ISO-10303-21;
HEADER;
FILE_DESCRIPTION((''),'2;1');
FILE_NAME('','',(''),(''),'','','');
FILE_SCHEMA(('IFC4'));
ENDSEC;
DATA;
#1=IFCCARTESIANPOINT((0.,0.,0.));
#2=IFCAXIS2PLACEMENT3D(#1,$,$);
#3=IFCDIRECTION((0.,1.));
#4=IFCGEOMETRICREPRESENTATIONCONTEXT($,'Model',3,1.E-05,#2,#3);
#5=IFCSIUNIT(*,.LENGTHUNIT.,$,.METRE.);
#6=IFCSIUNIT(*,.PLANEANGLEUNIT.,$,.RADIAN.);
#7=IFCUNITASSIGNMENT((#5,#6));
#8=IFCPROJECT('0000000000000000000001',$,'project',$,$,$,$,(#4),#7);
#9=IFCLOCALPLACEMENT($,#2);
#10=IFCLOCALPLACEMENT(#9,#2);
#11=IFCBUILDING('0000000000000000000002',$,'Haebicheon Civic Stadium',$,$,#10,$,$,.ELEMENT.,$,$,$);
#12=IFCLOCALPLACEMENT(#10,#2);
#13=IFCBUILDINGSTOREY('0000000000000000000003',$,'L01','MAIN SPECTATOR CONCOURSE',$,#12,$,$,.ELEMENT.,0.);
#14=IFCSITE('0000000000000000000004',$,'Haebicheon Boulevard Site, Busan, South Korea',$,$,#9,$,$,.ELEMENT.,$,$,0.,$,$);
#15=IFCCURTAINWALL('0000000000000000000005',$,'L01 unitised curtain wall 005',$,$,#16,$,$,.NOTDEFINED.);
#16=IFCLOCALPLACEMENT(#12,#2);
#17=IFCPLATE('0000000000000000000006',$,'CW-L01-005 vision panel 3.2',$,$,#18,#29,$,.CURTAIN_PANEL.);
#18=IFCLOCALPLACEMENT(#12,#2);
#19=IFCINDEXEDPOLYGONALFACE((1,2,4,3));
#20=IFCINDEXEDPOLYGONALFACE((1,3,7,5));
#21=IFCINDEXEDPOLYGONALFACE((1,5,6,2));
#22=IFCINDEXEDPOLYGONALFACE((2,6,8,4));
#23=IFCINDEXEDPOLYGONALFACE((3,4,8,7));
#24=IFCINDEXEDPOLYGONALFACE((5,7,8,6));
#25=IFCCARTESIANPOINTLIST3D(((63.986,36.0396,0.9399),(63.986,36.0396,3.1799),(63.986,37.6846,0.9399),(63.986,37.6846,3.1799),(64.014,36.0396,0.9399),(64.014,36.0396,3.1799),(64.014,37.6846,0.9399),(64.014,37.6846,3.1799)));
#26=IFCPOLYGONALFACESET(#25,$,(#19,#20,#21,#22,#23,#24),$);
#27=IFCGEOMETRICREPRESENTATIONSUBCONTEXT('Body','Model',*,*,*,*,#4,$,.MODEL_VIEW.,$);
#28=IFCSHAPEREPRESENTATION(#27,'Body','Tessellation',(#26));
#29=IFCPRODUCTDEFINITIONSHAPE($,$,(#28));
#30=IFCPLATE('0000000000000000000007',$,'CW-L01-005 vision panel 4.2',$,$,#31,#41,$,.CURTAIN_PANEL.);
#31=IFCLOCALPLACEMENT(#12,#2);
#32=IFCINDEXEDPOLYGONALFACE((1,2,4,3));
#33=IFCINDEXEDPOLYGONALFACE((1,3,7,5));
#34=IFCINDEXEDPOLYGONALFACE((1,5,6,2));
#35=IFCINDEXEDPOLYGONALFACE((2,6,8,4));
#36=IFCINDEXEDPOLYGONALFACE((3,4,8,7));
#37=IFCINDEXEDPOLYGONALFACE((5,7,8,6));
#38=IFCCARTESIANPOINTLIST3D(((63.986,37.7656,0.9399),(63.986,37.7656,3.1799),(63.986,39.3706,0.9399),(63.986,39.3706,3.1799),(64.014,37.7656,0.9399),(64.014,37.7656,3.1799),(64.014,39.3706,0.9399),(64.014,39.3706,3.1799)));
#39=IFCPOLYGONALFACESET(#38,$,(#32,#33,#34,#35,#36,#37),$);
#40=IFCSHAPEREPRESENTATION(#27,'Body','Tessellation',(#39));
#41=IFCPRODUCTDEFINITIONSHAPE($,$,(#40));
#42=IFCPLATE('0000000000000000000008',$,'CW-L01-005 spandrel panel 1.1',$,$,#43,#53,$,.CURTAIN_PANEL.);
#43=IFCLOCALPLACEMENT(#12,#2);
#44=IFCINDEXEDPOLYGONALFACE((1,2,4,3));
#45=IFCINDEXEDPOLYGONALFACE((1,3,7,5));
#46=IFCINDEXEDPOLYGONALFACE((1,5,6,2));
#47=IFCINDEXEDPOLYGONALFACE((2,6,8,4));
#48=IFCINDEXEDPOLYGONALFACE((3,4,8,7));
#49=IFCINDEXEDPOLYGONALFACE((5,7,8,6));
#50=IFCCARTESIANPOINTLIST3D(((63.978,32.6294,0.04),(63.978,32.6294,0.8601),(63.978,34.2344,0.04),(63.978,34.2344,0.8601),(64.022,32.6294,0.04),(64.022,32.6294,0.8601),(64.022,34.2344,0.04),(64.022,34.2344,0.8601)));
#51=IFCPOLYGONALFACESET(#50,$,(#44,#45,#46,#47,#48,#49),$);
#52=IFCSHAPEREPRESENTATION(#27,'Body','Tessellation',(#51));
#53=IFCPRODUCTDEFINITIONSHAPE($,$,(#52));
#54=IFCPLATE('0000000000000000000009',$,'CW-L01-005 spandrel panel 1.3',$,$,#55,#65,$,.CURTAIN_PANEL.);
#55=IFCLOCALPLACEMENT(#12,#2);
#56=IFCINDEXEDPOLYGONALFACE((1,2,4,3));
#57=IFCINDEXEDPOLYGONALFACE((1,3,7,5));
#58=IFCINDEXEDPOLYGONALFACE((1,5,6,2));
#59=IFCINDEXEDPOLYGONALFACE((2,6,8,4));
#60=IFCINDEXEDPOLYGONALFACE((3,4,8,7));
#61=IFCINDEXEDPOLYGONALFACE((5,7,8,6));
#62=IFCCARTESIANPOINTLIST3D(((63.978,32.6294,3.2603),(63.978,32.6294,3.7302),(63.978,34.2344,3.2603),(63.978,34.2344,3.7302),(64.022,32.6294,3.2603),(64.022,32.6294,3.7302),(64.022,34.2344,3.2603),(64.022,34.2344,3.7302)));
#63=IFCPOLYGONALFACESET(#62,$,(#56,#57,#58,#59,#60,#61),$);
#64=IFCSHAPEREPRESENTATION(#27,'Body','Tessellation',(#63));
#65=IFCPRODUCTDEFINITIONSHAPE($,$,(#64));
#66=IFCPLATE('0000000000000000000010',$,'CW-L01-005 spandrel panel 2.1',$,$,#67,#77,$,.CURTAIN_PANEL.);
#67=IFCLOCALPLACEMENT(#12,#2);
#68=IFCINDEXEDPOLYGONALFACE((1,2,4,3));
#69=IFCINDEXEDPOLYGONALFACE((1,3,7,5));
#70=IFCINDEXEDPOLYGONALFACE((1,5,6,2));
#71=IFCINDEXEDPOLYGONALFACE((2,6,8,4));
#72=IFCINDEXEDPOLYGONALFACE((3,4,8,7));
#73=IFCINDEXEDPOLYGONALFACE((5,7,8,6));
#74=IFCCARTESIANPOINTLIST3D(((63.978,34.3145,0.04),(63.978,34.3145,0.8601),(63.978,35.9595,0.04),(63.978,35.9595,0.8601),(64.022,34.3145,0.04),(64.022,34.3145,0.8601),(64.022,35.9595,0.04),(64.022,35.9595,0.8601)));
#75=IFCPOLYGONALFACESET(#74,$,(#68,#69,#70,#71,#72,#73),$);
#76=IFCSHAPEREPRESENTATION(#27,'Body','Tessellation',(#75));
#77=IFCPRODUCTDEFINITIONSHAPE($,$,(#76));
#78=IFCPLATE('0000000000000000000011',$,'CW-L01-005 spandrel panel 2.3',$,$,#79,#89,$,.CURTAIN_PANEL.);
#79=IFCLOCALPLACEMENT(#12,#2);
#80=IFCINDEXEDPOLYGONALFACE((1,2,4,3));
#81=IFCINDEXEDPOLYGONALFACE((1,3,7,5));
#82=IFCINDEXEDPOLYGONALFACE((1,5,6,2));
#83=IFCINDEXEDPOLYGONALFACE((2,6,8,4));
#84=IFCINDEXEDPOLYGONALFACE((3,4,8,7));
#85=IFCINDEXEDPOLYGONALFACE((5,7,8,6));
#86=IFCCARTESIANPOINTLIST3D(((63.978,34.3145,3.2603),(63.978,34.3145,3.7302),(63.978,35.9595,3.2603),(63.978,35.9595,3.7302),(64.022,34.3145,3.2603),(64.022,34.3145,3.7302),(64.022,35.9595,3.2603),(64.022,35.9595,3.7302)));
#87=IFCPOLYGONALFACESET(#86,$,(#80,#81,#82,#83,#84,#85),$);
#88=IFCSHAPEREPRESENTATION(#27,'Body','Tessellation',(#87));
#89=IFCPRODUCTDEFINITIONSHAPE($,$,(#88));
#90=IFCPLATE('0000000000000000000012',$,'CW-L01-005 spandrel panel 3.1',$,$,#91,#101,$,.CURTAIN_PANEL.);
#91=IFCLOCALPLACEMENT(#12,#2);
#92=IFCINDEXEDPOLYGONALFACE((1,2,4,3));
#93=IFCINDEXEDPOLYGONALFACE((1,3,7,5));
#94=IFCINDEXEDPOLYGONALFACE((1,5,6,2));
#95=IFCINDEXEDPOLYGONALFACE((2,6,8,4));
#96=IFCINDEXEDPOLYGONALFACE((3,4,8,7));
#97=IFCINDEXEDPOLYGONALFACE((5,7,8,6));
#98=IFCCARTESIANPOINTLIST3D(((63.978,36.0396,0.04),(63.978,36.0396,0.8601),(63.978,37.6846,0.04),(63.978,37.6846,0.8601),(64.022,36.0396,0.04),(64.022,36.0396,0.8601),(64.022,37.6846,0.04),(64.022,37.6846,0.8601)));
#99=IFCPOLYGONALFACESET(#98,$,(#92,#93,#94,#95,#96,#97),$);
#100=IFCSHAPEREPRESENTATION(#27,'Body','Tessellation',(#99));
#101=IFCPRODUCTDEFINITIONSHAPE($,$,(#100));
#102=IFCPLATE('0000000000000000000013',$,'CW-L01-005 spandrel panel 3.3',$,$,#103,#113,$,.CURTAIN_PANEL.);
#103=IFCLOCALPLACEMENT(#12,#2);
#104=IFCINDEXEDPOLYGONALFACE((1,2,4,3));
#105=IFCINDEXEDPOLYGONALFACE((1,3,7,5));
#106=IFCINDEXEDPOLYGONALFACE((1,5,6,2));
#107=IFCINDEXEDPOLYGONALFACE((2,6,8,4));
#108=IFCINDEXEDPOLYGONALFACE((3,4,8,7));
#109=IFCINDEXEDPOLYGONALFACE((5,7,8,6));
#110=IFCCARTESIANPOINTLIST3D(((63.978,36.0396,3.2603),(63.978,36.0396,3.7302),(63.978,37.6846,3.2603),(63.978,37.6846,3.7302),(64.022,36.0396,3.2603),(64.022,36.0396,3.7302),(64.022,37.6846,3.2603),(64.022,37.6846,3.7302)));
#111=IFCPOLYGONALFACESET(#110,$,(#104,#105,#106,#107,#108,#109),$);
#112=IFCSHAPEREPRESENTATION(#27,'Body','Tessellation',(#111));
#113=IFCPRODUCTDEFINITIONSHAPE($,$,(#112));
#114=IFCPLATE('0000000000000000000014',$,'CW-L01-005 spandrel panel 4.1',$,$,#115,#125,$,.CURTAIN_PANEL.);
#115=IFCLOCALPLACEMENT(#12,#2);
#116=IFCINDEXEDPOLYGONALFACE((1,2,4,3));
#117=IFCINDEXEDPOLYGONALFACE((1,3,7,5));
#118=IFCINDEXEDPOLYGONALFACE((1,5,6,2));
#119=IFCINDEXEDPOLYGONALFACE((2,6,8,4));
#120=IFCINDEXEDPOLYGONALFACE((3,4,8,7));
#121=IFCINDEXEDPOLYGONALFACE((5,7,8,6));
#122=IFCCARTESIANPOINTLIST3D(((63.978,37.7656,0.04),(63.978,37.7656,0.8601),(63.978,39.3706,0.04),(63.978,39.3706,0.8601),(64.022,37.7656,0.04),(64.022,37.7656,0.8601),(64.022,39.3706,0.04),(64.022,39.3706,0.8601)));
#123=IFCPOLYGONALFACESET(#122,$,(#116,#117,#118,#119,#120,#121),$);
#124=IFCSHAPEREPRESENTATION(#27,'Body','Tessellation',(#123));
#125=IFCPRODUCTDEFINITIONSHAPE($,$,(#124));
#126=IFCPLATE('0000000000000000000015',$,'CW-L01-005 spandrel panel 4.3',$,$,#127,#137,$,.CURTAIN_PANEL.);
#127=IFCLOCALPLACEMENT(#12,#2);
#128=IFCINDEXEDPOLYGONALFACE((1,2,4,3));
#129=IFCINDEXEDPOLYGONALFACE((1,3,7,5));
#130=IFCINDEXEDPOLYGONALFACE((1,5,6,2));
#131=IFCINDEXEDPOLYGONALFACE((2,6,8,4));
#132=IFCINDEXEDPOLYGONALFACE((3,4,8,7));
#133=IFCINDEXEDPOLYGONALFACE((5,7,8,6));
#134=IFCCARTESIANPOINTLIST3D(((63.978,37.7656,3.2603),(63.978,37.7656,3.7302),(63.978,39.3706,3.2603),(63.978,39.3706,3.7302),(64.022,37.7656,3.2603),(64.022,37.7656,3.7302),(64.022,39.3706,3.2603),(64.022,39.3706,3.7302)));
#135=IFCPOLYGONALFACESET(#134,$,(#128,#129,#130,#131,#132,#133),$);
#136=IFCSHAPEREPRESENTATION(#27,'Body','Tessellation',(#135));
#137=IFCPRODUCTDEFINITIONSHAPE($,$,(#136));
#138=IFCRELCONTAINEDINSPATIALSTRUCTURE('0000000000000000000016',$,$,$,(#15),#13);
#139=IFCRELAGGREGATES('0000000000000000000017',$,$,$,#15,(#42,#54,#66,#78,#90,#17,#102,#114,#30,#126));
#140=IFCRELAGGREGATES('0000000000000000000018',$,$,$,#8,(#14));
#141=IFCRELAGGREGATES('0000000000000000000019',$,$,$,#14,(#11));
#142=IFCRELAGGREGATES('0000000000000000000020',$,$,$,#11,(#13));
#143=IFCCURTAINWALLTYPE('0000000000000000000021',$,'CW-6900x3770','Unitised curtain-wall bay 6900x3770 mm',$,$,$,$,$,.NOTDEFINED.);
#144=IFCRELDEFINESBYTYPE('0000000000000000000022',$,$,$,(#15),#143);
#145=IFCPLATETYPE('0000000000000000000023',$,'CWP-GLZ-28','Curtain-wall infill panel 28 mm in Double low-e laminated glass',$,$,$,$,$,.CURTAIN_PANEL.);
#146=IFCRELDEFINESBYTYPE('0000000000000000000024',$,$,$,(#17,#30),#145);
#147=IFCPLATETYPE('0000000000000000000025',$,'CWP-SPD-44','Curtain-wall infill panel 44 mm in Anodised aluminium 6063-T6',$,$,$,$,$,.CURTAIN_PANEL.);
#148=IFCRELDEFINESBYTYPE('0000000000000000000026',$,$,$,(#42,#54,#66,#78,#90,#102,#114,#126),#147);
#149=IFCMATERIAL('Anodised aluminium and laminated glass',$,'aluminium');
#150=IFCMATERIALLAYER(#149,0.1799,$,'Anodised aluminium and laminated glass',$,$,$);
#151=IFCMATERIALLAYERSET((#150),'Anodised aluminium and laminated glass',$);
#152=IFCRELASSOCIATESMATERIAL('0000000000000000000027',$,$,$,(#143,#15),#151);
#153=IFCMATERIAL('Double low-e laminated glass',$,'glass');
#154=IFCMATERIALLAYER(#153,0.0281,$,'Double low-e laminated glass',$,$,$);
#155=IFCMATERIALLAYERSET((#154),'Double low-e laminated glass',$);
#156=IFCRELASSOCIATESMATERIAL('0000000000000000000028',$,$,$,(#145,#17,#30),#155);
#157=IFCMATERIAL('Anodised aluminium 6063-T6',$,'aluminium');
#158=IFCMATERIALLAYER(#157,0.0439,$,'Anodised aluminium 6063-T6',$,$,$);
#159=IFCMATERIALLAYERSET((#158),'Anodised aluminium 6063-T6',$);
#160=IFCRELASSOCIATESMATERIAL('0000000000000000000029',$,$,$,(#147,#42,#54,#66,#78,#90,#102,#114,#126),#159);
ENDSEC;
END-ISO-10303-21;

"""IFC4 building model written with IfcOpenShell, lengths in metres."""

from ifc_helpers import new_model, si_unit, direction, frame, origin, origin_2d, place, context, subcontext, project, spatial, rectangle, extrude, material, layer, layer_set, type_object, element, aggregate, save


model = new_model("IFC4")

# Units and contexts
model_context = context("Model", 3, precision=1e-05, world=origin(), true_north=direction((0.0, 1.0)))
body_context = subcontext(model_context, "Body", "Model", "MODEL_VIEW")
ifc_project = project(units=[si_unit("LENGTHUNIT", "METRE"), si_unit("PLANEANGLEUNIT", "RADIAN")], contexts=[model_context])

# Site, building, storey
site_placement = place(None, origin())
site = spatial("IfcSite", under=ifc_project, at=site_placement, Name="Haebicheon Boulevard Site, Busan, South Korea", CompositionType="ELEMENT", RefElevation=0.0)
building_placement = place(site_placement, origin())
building = spatial("IfcBuilding", under=site, at=building_placement, Name="Haebicheon Civic Stadium", CompositionType="ELEMENT")
storey_placement = place(building_placement, origin())
storey = spatial("IfcBuildingStorey", under=building, at=storey_placement, Name="L01", Description="MAIN SPECTATOR CONCOURSE", CompositionType="ELEMENT", Elevation=0.0)

# Curtain wall
ifc_material_1 = material(Name="Anodised aluminium and laminated glass", Category="aluminium")
ifc_layer_1 = layer(ifc_material_1, 0.1799, Name="Anodised aluminium and laminated glass")
ifc_layer_set_1 = layer_set([ifc_layer_1], Name="Anodised aluminium and laminated glass")
curtain_wall_type = type_object("IfcCurtainWallType", Name="CW-6900x3770", Description="Unitised curtain-wall bay 6900x3770 mm", PredefinedType="NOTDEFINED", material=ifc_layer_set_1)
curtain_wall_1_placement = place(storey_placement, origin())
curtain_wall_1 = element("IfcCurtainWall", 1, at=curtain_wall_1_placement, inside=storey, type_object=curtain_wall_type, material=ifc_layer_set_1, Name="L01 unitised curtain wall 005", PredefinedType="NOTDEFINED")

# Plates
ifc_material_2 = material(Name="Double low-e laminated glass", Category="glass")
ifc_layer_2 = layer(ifc_material_2, 0.0281, Name="Double low-e laminated glass")
ifc_layer_set_2 = layer_set([ifc_layer_2], Name="Double low-e laminated glass")
plate_type_1 = type_object("IfcPlateType", Name="CWP-GLZ-28", Description="Curtain-wall infill panel 28 mm in Double low-e laminated glass", PredefinedType="CURTAIN_PANEL", material=ifc_layer_set_2)
plate_1_placement = place(storey_placement, frame((64.0, 36.8621, 0.9399), z_axis=(0.0, 0.0, 1.0), x_axis=(0.0, 1.0, 0.0)))
plate_1 = element("IfcPlate", 2, at=plate_1_placement, type_object=plate_type_1, material=ifc_layer_set_2, Name="CW-L01-005 vision panel 3.2", PredefinedType="CURTAIN_PANEL", context=body_context, shape_type="SweptSolid", body=[
    extrude(rectangle(XDim=1.645, YDim=0.0281, at=origin_2d()), origin(), (0.0, 0.0, 1.0), 2.24),
])
plate_2_placement = place(storey_placement, frame((64.0, 38.5681, 0.9399), z_axis=(0.0, 0.0, 1.0), x_axis=(0.0, 1.0, 0.0)))
plate_2 = element("IfcPlate", 3, at=plate_2_placement, type_object=plate_type_1, material=ifc_layer_set_2, Name="CW-L01-005 vision panel 4.2", PredefinedType="CURTAIN_PANEL", context=body_context, shape_type="SweptSolid", body=[
    extrude(rectangle(XDim=1.605, YDim=0.0281, at=origin_2d()), origin(), (0.0, 0.0, 1.0), 2.24),
])
ifc_material_3 = material(Name="Anodised aluminium 6063-T6", Category="aluminium")
ifc_layer_3 = layer(ifc_material_3, 0.0439, Name="Anodised aluminium 6063-T6")
ifc_layer_set_3 = layer_set([ifc_layer_3], Name="Anodised aluminium 6063-T6")
plate_type_2 = type_object("IfcPlateType", Name="CWP-SPD-44", Description="Curtain-wall infill panel 44 mm in Anodised aluminium 6063-T6", PredefinedType="CURTAIN_PANEL", material=ifc_layer_set_3)
plate_3_placement = place(storey_placement, frame((64.0, 33.4319, 0.04), z_axis=(0.0, 0.0, 1.0), x_axis=(0.0, 1.0, 0.0)))
plate_3 = element("IfcPlate", 4, at=plate_3_placement, type_object=plate_type_2, material=ifc_layer_set_3, Name="CW-L01-005 spandrel panel 1.1", PredefinedType="CURTAIN_PANEL", context=body_context, shape_type="SweptSolid", body=[
    extrude(rectangle(XDim=1.605, YDim=0.0439, at=origin_2d()), origin(), (0.0, 0.0, 1.0), 0.8201),
])
plate_4_placement = place(storey_placement, frame((64.0, 33.4319, 3.2603), z_axis=(0.0, 0.0, 1.0), x_axis=(0.0, 1.0, 0.0)))
plate_4 = element("IfcPlate", 5, at=plate_4_placement, type_object=plate_type_2, material=ifc_layer_set_3, Name="CW-L01-005 spandrel panel 1.3", PredefinedType="CURTAIN_PANEL", context=body_context, shape_type="SweptSolid", body=[
    extrude(rectangle(XDim=1.605, YDim=0.0439, at=origin_2d()), origin(), (0.0, 0.0, 1.0), 0.47),
])
plate_5_placement = place(storey_placement, frame((64.0, 35.137, 0.04), z_axis=(0.0, 0.0, 1.0), x_axis=(0.0, 1.0, 0.0)))
plate_5 = element("IfcPlate", 6, at=plate_5_placement, type_object=plate_type_2, material=ifc_layer_set_3, Name="CW-L01-005 spandrel panel 2.1", PredefinedType="CURTAIN_PANEL", context=body_context, shape_type="SweptSolid", body=[
    extrude(rectangle(XDim=1.645, YDim=0.0439, at=origin_2d()), origin(), (0.0, 0.0, 1.0), 0.8201),
])
plate_6_placement = place(storey_placement, frame((64.0, 35.137, 3.2603), z_axis=(0.0, 0.0, 1.0), x_axis=(0.0, 1.0, 0.0)))
plate_6 = element("IfcPlate", 7, at=plate_6_placement, type_object=plate_type_2, material=ifc_layer_set_3, Name="CW-L01-005 spandrel panel 2.3", PredefinedType="CURTAIN_PANEL", context=body_context, shape_type="SweptSolid", body=[
    extrude(rectangle(XDim=1.645, YDim=0.0439, at=origin_2d()), origin(), (0.0, 0.0, 1.0), 0.47),
])
plate_7_placement = place(storey_placement, frame((64.0, 36.8621, 0.04), z_axis=(0.0, 0.0, 1.0), x_axis=(0.0, 1.0, 0.0)))
plate_7 = element("IfcPlate", 8, at=plate_7_placement, type_object=plate_type_2, material=ifc_layer_set_3, Name="CW-L01-005 spandrel panel 3.1", PredefinedType="CURTAIN_PANEL", context=body_context, shape_type="SweptSolid", body=[
    extrude(rectangle(XDim=1.645, YDim=0.0439, at=origin_2d()), origin(), (0.0, 0.0, 1.0), 0.8201),
])
plate_8_placement = place(storey_placement, frame((64.0, 36.8621, 3.2603), z_axis=(0.0, 0.0, 1.0), x_axis=(0.0, 1.0, 0.0)))
plate_8 = element("IfcPlate", 9, at=plate_8_placement, type_object=plate_type_2, material=ifc_layer_set_3, Name="CW-L01-005 spandrel panel 3.3", PredefinedType="CURTAIN_PANEL", context=body_context, shape_type="SweptSolid", body=[
    extrude(rectangle(XDim=1.645, YDim=0.0439, at=origin_2d()), origin(), (0.0, 0.0, 1.0), 0.47),
])
plate_9_placement = place(storey_placement, frame((64.0, 38.5681, 0.04), z_axis=(0.0, 0.0, 1.0), x_axis=(0.0, 1.0, 0.0)))
plate_9 = element("IfcPlate", 10, at=plate_9_placement, type_object=plate_type_2, material=ifc_layer_set_3, Name="CW-L01-005 spandrel panel 4.1", PredefinedType="CURTAIN_PANEL", context=body_context, shape_type="SweptSolid", body=[
    extrude(rectangle(XDim=1.605, YDim=0.0439, at=origin_2d()), origin(), (0.0, 0.0, 1.0), 0.8201),
])
plate_10_placement = place(storey_placement, frame((64.0, 38.5681, 3.2603), z_axis=(0.0, 0.0, 1.0), x_axis=(0.0, 1.0, 0.0)))
plate_10 = element("IfcPlate", 11, at=plate_10_placement, type_object=plate_type_2, material=ifc_layer_set_3, Name="CW-L01-005 spandrel panel 4.3", PredefinedType="CURTAIN_PANEL", context=body_context, shape_type="SweptSolid", body=[
    extrude(rectangle(XDim=1.605, YDim=0.0439, at=origin_2d()), origin(), (0.0, 0.0, 1.0), 0.47),
])
aggregate(curtain_wall_1, [plate_3, plate_4, plate_5, plate_6, plate_7, plate_1, plate_8, plate_9, plate_2, plate_10])

save(model, "model.ifc")
